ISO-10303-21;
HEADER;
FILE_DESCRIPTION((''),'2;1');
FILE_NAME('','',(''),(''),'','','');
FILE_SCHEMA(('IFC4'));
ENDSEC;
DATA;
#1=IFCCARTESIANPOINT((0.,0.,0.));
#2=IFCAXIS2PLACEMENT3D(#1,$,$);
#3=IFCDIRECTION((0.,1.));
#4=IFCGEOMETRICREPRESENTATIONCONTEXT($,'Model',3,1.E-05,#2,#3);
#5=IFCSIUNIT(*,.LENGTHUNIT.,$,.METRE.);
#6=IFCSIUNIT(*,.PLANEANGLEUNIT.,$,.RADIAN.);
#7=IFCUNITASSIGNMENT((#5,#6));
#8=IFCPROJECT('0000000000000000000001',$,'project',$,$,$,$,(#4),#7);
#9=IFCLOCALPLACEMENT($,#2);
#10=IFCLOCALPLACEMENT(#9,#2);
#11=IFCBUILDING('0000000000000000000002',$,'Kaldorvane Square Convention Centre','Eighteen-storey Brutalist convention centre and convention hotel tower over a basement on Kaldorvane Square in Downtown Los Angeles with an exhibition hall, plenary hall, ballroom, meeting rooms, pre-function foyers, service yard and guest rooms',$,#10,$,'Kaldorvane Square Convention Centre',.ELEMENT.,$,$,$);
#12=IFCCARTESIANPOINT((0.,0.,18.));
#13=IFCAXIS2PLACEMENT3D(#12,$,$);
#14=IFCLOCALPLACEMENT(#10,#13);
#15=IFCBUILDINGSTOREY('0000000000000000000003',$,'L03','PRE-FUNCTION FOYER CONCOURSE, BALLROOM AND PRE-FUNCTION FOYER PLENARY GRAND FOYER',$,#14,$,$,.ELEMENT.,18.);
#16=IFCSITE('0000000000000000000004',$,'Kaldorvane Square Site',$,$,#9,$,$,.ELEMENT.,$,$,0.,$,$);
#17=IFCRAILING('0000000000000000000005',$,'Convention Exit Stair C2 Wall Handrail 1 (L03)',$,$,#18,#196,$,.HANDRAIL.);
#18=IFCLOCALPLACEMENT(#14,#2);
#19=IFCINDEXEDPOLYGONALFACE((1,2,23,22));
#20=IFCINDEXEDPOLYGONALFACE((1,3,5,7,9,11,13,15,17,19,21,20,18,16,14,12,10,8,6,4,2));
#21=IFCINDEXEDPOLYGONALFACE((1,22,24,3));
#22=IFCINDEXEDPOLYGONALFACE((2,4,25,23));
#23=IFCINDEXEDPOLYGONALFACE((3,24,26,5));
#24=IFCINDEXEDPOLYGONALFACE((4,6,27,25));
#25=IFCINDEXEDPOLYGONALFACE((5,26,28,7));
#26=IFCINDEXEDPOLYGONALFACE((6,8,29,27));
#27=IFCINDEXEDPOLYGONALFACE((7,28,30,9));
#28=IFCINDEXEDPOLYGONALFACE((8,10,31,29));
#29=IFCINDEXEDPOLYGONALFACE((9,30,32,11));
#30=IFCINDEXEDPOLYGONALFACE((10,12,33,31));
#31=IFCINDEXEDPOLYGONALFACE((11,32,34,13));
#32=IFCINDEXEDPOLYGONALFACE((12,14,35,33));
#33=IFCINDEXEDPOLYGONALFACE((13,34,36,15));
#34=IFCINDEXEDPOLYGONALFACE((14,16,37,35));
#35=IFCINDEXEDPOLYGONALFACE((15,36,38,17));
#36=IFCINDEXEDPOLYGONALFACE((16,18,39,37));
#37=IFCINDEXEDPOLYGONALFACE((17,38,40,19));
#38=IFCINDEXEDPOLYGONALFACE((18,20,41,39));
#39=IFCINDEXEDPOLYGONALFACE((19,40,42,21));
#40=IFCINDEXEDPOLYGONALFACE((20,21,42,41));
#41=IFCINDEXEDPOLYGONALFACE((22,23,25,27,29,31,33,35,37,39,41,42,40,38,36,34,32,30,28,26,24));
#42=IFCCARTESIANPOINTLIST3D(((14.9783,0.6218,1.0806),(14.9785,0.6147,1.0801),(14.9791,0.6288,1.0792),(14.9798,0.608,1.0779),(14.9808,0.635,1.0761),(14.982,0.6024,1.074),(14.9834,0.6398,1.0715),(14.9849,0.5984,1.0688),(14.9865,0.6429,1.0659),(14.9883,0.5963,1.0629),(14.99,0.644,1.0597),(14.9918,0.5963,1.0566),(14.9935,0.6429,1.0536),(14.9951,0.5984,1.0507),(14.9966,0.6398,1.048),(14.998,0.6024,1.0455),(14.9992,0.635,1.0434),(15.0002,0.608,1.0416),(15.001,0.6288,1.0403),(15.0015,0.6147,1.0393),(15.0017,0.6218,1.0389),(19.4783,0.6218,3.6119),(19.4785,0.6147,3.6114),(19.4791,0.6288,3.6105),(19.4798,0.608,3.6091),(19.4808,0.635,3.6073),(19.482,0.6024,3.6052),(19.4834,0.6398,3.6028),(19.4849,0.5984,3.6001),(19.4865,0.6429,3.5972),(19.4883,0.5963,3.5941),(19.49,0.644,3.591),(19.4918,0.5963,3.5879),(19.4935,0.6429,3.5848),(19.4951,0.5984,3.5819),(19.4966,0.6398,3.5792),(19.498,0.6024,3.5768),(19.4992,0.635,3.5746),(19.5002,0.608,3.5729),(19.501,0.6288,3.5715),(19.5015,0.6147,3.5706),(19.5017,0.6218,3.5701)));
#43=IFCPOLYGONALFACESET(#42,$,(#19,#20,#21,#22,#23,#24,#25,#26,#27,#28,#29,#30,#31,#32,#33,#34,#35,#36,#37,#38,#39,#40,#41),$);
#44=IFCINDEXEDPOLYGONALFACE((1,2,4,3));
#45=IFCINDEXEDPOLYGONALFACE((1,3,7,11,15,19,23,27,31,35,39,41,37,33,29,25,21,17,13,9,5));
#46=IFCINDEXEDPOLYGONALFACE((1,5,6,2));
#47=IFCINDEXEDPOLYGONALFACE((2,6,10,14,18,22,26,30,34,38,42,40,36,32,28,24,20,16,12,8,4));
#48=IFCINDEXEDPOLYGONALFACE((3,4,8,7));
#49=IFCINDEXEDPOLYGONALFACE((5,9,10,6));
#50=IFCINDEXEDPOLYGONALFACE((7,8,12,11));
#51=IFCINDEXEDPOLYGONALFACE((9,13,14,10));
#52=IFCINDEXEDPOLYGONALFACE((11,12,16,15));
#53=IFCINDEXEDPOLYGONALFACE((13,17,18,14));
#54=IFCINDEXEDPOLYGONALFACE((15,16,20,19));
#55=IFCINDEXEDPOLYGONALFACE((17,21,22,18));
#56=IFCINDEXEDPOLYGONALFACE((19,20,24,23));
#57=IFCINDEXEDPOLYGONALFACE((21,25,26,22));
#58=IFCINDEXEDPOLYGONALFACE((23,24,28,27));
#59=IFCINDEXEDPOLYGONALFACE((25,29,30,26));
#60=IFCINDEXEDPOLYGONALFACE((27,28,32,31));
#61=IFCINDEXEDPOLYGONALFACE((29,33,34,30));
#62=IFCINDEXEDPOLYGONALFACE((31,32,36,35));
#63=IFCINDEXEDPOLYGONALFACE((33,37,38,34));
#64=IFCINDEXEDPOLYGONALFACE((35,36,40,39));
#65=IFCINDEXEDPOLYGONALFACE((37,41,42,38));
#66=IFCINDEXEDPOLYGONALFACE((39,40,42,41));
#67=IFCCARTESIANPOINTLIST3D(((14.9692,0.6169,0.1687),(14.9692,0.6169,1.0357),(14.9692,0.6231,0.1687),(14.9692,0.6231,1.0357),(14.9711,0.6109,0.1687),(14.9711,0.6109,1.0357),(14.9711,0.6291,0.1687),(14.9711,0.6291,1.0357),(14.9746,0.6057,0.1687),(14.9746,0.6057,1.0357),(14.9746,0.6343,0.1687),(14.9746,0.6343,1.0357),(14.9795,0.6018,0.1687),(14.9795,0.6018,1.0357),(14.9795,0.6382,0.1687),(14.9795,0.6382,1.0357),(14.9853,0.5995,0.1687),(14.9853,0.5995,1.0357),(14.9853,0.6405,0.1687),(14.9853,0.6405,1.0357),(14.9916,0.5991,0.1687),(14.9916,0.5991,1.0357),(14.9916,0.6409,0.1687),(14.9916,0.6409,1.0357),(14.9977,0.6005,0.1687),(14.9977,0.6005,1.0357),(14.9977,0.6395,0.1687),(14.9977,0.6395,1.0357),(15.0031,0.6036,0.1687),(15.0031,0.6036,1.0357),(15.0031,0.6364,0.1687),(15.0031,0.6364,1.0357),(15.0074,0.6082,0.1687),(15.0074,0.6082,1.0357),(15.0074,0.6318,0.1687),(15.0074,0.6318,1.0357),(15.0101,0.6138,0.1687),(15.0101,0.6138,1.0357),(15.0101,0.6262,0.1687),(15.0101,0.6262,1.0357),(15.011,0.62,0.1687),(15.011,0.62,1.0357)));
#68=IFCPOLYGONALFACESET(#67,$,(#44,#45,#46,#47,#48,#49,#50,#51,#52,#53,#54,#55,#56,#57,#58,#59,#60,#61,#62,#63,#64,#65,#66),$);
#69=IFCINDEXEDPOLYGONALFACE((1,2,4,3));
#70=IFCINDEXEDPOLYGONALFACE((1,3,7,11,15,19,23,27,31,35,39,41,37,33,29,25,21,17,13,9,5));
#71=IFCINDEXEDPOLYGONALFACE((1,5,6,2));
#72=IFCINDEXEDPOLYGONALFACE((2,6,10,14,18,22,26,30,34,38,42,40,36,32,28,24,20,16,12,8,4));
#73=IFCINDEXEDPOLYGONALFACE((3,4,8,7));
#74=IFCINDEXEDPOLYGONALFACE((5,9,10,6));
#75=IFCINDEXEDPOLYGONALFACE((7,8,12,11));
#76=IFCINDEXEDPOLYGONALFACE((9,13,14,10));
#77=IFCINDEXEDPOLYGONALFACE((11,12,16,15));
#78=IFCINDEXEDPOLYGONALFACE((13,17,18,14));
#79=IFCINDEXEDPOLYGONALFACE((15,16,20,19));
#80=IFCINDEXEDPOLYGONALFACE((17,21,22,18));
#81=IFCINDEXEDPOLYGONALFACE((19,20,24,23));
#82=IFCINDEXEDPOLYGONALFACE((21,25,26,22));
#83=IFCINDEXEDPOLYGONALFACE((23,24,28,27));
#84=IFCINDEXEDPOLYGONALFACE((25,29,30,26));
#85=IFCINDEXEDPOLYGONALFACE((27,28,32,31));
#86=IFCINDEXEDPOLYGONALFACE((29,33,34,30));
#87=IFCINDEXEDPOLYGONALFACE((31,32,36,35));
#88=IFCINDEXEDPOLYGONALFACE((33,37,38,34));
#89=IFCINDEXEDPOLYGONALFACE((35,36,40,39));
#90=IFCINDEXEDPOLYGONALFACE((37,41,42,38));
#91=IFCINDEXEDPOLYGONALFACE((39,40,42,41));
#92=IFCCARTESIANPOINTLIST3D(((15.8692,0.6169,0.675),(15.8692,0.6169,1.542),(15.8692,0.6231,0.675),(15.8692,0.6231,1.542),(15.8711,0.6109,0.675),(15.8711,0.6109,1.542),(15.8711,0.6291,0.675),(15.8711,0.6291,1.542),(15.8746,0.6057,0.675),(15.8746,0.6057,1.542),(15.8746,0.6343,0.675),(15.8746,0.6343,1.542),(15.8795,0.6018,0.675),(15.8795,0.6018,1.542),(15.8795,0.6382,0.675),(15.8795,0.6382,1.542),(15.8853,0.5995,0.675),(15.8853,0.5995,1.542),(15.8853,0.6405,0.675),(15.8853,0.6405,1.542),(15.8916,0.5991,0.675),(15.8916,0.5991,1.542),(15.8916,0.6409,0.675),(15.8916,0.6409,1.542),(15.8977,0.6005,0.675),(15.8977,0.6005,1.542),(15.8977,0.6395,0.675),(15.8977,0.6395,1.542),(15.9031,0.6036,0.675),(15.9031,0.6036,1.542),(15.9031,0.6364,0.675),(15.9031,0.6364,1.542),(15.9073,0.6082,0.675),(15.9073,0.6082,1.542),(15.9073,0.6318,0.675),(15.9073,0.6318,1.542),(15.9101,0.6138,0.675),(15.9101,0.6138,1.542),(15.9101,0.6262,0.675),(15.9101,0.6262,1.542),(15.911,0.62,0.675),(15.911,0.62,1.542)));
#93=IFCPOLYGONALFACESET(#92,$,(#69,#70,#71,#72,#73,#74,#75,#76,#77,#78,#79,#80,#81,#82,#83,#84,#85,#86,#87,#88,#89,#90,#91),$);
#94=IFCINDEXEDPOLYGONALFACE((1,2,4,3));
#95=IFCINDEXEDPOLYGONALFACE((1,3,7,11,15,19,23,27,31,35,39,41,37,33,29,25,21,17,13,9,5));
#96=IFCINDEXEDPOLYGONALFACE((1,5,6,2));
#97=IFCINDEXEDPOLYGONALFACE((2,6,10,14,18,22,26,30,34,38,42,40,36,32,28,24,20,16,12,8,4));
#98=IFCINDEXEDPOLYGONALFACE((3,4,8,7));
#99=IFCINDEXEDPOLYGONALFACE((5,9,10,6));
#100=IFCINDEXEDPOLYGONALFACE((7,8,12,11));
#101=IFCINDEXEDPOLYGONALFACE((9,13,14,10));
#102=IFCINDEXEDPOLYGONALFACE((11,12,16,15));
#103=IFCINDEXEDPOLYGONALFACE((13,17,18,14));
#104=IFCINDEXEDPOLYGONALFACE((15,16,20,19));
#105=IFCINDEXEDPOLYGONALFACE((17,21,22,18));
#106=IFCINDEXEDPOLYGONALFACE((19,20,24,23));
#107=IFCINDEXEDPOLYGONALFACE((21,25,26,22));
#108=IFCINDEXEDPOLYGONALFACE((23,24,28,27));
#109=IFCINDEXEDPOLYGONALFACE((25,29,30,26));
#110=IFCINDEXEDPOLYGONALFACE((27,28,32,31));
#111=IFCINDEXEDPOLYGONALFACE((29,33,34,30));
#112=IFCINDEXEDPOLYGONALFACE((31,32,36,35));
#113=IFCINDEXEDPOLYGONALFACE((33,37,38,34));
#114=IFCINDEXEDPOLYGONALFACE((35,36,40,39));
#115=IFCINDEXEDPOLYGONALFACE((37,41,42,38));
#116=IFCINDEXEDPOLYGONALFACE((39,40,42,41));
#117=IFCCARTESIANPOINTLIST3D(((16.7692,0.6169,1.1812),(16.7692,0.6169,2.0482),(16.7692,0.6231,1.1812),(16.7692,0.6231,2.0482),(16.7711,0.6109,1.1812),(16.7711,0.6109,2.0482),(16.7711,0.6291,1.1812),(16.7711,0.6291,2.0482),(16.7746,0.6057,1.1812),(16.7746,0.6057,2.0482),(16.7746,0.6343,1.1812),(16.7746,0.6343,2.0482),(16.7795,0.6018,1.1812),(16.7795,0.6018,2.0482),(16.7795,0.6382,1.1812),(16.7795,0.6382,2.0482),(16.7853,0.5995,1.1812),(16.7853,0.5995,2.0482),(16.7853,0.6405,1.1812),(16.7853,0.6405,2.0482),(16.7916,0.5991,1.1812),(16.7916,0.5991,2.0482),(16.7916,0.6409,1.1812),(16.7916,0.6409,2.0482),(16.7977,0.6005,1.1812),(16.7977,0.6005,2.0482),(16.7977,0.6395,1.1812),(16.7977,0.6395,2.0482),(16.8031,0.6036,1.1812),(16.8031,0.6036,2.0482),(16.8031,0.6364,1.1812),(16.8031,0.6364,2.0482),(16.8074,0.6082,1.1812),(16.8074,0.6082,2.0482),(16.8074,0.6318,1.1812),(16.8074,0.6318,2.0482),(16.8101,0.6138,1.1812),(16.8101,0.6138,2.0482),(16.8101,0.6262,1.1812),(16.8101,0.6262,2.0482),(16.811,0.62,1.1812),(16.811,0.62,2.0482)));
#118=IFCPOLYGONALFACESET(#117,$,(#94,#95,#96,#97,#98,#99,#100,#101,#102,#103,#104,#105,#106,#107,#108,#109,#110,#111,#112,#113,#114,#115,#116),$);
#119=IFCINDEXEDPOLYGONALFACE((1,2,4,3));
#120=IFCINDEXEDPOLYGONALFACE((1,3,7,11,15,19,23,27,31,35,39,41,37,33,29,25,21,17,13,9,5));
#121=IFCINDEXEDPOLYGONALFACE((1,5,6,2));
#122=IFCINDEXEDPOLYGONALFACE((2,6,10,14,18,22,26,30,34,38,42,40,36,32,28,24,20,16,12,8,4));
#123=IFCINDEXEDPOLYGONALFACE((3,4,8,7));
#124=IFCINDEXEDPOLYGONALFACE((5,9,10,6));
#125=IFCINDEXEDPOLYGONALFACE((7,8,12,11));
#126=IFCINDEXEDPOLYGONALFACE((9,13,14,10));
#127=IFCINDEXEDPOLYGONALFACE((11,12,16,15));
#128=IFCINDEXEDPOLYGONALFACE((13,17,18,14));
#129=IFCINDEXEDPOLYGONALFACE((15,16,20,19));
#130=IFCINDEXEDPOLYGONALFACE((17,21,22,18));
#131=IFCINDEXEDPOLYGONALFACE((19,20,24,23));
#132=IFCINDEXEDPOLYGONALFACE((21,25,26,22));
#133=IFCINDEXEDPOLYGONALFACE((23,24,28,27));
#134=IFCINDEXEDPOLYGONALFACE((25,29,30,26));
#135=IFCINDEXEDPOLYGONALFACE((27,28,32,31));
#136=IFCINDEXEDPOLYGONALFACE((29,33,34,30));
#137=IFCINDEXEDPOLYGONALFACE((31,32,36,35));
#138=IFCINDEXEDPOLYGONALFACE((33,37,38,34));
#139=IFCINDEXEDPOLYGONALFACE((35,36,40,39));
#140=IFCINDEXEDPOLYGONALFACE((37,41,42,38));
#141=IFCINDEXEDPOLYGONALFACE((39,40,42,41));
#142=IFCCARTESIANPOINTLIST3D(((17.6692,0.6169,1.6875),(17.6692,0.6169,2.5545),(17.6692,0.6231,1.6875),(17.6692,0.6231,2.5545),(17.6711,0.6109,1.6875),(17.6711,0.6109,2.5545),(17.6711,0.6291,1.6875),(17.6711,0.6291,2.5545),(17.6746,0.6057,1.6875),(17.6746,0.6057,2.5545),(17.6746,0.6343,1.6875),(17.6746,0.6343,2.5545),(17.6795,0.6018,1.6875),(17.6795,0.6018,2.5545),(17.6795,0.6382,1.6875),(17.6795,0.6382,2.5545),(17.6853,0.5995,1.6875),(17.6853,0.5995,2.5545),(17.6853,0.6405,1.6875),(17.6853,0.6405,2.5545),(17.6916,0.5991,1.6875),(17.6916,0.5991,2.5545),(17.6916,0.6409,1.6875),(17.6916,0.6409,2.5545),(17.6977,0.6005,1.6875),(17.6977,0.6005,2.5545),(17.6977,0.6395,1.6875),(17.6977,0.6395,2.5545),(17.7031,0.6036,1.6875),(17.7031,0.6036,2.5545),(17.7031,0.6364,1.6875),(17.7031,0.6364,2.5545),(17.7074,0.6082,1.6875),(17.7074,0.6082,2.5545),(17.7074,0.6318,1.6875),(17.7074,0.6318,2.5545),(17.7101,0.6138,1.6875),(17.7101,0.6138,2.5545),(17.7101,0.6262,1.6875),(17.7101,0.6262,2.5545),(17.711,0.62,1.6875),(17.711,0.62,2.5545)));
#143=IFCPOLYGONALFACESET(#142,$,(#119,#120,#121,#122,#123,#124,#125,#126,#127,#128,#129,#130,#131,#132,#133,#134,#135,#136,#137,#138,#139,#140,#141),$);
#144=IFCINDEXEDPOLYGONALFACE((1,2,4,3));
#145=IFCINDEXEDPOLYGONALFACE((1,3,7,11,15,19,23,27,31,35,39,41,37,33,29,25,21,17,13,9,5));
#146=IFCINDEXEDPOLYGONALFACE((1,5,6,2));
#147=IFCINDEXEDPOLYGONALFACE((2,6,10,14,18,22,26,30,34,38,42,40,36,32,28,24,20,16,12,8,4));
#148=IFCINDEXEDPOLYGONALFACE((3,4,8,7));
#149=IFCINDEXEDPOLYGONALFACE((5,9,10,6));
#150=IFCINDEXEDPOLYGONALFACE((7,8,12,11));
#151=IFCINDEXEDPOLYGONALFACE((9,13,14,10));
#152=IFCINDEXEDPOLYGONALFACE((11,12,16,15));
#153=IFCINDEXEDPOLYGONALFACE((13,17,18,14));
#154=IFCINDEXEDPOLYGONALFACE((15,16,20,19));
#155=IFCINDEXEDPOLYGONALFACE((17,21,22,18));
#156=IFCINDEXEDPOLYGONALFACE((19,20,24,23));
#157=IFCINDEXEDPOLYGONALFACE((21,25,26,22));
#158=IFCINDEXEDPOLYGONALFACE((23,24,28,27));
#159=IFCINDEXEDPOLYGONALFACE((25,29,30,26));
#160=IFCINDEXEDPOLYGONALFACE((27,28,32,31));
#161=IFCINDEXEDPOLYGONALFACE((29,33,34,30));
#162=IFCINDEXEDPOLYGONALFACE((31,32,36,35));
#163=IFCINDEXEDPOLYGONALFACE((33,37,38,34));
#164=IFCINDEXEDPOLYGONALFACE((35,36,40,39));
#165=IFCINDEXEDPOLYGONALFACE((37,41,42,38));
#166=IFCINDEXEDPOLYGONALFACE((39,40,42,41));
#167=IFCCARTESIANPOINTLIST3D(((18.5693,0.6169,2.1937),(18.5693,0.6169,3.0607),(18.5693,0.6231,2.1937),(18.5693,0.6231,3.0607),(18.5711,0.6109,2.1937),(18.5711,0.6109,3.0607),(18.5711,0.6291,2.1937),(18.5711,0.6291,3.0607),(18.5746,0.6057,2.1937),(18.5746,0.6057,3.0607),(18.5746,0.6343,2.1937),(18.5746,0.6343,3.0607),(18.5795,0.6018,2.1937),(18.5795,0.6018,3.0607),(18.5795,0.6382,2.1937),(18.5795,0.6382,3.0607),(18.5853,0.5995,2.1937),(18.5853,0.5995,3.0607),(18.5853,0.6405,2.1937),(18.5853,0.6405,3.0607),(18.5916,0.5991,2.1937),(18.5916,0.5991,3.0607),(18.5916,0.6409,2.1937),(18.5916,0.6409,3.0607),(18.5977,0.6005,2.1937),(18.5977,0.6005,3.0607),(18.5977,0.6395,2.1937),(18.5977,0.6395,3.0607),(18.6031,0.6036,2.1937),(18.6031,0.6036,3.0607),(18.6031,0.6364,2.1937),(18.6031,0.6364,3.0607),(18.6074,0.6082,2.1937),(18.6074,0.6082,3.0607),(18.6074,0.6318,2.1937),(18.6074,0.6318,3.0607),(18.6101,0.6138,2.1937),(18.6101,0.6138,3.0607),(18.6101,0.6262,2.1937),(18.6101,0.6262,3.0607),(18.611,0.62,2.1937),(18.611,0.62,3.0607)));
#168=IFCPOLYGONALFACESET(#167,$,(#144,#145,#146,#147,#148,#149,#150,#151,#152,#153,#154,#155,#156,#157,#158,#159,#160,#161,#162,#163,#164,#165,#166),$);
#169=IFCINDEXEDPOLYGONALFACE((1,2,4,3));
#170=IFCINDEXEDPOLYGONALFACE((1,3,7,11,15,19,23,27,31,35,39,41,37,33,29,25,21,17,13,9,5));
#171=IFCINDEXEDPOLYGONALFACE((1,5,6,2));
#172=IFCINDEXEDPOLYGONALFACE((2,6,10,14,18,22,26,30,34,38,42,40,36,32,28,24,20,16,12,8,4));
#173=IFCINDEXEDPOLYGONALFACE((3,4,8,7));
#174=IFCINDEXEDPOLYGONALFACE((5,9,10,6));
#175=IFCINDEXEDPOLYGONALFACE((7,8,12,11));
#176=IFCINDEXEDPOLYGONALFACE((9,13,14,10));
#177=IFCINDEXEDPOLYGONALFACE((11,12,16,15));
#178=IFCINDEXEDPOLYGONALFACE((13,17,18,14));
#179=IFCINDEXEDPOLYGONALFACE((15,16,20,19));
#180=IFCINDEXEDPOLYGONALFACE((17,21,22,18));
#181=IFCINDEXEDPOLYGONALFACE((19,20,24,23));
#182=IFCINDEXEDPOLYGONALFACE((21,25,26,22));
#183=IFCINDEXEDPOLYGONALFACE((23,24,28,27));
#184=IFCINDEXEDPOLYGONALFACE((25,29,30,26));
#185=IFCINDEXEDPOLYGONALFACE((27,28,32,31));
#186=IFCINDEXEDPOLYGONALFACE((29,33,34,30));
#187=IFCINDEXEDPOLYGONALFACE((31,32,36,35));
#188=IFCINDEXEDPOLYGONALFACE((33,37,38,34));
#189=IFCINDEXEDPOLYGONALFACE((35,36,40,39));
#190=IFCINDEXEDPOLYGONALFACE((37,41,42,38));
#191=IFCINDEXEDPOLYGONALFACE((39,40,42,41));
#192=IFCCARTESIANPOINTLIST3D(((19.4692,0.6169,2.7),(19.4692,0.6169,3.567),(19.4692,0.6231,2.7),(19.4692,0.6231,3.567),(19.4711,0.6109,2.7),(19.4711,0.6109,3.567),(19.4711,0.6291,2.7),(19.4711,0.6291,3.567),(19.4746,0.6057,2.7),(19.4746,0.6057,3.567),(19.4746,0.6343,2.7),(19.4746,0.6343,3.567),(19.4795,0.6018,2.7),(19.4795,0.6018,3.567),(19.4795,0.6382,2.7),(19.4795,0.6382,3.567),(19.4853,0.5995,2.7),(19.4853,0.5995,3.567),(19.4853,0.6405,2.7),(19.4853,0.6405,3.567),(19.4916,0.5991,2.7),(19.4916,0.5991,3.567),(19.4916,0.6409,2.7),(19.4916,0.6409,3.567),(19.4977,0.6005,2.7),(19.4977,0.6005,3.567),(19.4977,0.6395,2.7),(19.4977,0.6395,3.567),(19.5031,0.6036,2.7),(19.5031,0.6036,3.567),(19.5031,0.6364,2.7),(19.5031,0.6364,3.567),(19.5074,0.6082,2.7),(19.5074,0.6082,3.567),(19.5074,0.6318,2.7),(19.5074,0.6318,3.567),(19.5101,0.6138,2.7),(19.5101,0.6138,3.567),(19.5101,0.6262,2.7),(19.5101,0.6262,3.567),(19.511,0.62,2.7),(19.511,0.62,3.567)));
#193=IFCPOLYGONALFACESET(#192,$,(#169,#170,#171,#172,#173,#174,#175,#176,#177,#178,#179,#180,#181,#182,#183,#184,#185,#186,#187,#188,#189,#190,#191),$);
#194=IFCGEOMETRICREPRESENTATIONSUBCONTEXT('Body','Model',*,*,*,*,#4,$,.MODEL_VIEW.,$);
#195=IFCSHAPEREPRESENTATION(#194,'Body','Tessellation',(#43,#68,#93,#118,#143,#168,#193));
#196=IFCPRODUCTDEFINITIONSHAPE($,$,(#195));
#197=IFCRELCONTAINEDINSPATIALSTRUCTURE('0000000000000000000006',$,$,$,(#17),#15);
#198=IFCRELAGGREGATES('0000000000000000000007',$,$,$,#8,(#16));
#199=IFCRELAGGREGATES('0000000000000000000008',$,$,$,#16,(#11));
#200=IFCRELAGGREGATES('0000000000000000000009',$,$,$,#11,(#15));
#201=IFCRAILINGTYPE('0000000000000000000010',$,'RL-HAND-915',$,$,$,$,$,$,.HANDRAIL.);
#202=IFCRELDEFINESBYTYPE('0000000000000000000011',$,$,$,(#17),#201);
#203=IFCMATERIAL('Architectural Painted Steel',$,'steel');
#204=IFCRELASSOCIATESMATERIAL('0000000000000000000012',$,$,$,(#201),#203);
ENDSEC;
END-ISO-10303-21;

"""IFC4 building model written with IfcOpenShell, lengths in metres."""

from ifc_helpers import new_model, si_unit, direction, frame, origin, origin_2d, place, context, subcontext, project, spatial, circle, extrude, material, type_object, element, save


model = new_model("IFC4")

# Units and contexts
model_context = context("Model", 3, precision=1e-05, world=origin(), true_north=direction((0.0, 1.0)))
body_context = subcontext(model_context, "Body", "Model", "MODEL_VIEW")
ifc_project = project(units=[si_unit("LENGTHUNIT", "METRE"), si_unit("PLANEANGLEUNIT", "RADIAN")], contexts=[model_context])

# Site, building, storey
site_placement = place(None, origin())
site = spatial("IfcSite", under=ifc_project, at=site_placement, Name="Kaldorvane Square Site", CompositionType="ELEMENT", RefElevation=0.0)
building_placement = place(site_placement, origin())
building = spatial("IfcBuilding", under=site, at=building_placement, Name="Kaldorvane Square Convention Centre", Description="Eighteen-storey Brutalist convention centre and convention hotel tower over a basement on Kaldorvane Square in Downtown Los Angeles with an exhibition hall, plenary hall, ballroom, meeting rooms, pre-function foyers, service yard and guest rooms", LongName="Kaldorvane Square Convention Centre", CompositionType="ELEMENT")
storey_placement = place(building_placement, frame((0.0, 0.0, 18.0)))
storey = spatial("IfcBuildingStorey", under=building, at=storey_placement, Name="L03", Description="PRE-FUNCTION FOYER CONCOURSE, BALLROOM AND PRE-FUNCTION FOYER PLENARY GRAND FOYER", CompositionType="ELEMENT", Elevation=18.0)

# Railing
ifc_material_1 = material(Name="Architectural Painted Steel", Category="steel")
railing_type_1 = type_object("IfcRailingType", Name="RL-HAND-915", PredefinedType="HANDRAIL", material=ifc_material_1)
railing_1_placement = place(storey_placement, frame((14.99, 0.62, 0.1687)))
element("IfcRailing", 1, at=railing_1_placement, inside=storey, type_object=railing_type_1, Name="Convention Exit Stair C2 Wall Handrail 1 (L03)", PredefinedType="HANDRAIL", context=body_context, shape_type="SweptSolid", body=[
    extrude(circle(Radius=0.024, at=origin_2d()), frame((0.0, 0.0, 0.891), z_axis=(0.871576, 0.0, 0.490261), x_axis=(0.0, 1.0, 0.0)), (0.0, 0.0, 1.0), 5.1631),
    extrude(circle(Radius=0.021, at=origin_2d()), origin(), (0.0, 0.0, 1.0), 0.867),
    extrude(circle(Radius=0.021, at=origin_2d()), frame((0.9, 0.0, 0.5063)), (0.0, 0.0, 1.0), 0.867),
    extrude(circle(Radius=0.021, at=origin_2d()), frame((1.8, 0.0, 1.0125)), (0.0, 0.0, 1.0), 0.867),
    extrude(circle(Radius=0.021, at=origin_2d()), frame((2.7, 0.0, 1.5188)), (0.0, 0.0, 1.0), 0.867),
    extrude(circle(Radius=0.021, at=origin_2d()), frame((3.6, 0.0, 2.025)), (0.0, 0.0, 1.0), 0.867),
    extrude(circle(Radius=0.021, at=origin_2d()), frame((4.5, 0.0, 2.5312)), (0.0, 0.0, 1.0), 0.867),
])

save(model, "model.ifc")
